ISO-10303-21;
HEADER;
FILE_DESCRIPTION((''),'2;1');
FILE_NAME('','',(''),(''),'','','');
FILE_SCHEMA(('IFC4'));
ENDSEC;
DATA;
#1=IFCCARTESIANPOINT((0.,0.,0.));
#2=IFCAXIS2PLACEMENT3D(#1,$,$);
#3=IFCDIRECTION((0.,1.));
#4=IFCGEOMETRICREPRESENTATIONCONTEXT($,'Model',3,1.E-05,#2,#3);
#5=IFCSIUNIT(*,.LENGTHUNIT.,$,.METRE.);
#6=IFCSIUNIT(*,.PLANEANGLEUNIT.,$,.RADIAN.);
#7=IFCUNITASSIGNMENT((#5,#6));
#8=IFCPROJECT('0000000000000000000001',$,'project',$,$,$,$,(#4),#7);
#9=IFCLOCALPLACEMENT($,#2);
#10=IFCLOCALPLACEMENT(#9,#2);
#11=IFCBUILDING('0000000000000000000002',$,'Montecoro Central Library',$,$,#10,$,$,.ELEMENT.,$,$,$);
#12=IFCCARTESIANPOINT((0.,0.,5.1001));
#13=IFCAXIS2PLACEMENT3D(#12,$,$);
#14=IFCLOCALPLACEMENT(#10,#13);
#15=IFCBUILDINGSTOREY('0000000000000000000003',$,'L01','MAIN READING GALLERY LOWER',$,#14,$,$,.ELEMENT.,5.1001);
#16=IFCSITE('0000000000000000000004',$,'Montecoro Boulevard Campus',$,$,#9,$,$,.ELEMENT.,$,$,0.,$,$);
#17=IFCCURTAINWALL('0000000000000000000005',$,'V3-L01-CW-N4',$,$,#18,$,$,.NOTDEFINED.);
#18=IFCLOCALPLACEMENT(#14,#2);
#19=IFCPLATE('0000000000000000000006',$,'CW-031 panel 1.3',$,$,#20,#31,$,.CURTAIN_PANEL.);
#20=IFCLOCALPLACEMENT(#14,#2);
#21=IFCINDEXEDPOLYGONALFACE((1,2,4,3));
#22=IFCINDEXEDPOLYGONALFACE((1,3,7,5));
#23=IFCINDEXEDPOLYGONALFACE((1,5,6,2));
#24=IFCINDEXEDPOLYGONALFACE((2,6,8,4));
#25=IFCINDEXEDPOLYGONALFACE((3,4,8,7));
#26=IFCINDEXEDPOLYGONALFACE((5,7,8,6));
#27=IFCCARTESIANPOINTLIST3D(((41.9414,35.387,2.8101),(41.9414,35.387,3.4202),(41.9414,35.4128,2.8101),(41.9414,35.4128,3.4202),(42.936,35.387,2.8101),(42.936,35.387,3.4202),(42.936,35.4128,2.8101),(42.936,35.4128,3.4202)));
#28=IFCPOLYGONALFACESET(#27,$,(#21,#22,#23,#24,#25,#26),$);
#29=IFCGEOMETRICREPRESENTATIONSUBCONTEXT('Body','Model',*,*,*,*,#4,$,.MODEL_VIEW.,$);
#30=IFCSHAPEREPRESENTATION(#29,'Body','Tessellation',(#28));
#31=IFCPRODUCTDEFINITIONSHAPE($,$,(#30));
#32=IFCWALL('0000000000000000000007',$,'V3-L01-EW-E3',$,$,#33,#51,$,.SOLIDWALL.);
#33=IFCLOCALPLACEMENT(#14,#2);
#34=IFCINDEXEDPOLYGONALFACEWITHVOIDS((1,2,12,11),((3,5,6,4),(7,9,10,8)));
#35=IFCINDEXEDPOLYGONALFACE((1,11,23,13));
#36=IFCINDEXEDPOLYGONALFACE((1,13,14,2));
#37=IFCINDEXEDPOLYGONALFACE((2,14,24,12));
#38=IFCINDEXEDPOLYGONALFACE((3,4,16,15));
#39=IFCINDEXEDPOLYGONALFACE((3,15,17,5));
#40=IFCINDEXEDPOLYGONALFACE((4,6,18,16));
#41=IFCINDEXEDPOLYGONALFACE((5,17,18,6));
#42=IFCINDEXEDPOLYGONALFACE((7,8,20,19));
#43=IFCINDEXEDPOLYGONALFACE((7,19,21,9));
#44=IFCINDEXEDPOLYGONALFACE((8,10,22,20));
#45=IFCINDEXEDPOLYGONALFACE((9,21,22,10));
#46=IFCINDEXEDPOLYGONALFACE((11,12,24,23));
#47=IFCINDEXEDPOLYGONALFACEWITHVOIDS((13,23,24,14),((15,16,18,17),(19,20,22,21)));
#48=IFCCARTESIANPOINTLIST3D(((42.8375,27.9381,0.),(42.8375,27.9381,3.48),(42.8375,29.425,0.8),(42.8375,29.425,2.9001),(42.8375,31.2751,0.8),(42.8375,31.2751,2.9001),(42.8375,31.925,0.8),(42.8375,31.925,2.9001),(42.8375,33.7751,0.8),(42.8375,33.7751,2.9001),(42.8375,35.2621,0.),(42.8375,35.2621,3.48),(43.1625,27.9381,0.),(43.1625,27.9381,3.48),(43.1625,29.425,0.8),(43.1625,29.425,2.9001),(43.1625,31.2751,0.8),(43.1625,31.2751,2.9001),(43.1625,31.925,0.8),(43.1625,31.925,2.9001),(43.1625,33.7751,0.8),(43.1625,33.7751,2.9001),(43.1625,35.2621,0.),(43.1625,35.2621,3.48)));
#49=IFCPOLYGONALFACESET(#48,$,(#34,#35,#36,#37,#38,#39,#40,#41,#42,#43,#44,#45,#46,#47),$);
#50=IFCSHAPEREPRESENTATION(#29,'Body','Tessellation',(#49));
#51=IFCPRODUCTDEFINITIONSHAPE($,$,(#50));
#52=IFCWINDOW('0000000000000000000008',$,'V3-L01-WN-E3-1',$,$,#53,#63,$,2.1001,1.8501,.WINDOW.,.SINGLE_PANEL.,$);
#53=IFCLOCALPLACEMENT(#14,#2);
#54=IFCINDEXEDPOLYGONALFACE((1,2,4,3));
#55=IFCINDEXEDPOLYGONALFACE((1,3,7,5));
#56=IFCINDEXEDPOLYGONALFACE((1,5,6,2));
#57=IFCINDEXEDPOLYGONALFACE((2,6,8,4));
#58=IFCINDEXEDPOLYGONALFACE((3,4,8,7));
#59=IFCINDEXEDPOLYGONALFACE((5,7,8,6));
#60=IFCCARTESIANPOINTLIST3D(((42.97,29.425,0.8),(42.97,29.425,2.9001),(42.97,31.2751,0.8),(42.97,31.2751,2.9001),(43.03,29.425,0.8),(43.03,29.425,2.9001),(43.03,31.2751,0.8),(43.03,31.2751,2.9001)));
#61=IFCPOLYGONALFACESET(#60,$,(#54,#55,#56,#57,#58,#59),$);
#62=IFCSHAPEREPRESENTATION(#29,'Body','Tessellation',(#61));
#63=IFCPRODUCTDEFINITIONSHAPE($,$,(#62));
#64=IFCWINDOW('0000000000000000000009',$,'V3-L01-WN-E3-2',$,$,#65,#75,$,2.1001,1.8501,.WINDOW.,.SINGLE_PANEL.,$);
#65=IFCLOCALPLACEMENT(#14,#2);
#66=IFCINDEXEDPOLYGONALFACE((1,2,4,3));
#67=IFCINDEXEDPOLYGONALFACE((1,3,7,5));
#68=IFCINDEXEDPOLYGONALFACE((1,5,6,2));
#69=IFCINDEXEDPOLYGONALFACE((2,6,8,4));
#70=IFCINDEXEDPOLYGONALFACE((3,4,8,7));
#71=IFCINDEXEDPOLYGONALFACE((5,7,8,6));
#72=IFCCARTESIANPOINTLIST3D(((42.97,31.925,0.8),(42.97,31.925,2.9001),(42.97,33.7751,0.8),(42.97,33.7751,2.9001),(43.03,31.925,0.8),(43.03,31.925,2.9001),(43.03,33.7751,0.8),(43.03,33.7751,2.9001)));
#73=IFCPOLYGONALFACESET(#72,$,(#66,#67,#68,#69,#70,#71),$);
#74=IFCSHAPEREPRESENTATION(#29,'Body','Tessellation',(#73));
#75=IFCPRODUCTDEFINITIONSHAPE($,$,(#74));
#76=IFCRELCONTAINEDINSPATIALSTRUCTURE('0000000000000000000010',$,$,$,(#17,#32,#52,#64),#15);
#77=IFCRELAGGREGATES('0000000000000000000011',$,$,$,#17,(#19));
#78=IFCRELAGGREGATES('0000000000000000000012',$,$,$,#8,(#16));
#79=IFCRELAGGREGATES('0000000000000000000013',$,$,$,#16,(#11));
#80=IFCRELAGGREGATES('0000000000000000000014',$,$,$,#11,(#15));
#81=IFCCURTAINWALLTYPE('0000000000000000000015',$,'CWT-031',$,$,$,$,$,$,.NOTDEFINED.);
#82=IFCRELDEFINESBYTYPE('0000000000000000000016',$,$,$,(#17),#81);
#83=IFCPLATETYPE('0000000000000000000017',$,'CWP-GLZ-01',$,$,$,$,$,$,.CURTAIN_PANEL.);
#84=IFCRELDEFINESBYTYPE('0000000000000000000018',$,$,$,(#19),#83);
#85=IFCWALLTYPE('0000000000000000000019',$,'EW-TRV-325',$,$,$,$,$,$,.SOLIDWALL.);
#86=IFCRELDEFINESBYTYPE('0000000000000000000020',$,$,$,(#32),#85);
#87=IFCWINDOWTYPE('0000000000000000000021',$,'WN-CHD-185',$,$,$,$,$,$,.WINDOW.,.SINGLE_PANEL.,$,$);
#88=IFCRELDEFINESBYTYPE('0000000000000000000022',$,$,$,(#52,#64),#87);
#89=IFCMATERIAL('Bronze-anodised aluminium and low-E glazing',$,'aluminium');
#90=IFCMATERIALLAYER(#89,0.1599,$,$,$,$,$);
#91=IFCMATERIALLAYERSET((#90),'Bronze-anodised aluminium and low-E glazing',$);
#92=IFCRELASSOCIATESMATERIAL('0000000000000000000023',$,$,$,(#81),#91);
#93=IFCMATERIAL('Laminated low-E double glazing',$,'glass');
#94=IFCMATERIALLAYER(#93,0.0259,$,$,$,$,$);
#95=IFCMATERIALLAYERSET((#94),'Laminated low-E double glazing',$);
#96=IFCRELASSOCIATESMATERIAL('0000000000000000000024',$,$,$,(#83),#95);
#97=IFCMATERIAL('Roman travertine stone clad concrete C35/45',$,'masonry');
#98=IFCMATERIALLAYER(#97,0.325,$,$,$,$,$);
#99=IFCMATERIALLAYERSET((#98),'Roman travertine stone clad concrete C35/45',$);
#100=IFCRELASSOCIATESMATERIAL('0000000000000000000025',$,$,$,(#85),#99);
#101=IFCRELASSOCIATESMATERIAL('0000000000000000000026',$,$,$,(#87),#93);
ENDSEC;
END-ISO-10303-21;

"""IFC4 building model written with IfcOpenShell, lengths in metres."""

from ifc_helpers import new_model, si_unit, direction, frame, frame_2d, origin, origin_2d, place, context, subcontext, project, spatial, rectangle, extrude, material, layer, layer_set, type_object, element, fill, aggregate, save


model = new_model("IFC4")

# Units and contexts
model_context = context("Model", 3, precision=1e-05, world=origin(), true_north=direction((0.0, 1.0)))
body_context = subcontext(model_context, "Body", "Model", "MODEL_VIEW")
ifc_project = project(units=[si_unit("LENGTHUNIT", "METRE"), si_unit("PLANEANGLEUNIT", "RADIAN")], contexts=[model_context])

# Site, building, storey
site_placement = place(None, origin())
site = spatial("IfcSite", under=ifc_project, at=site_placement, Name="Montecoro Boulevard Campus", CompositionType="ELEMENT", RefElevation=0.0)
building_placement = place(site_placement, origin())
building = spatial("IfcBuilding", under=site, at=building_placement, Name="Montecoro Central Library", CompositionType="ELEMENT")
storey_placement = place(building_placement, frame((0.0, 0.0, 5.1001)))
storey = spatial("IfcBuildingStorey", under=building, at=storey_placement, Name="L01", Description="MAIN READING GALLERY LOWER", CompositionType="ELEMENT", Elevation=5.1001)

# Curtain wall, plate
ifc_material_1 = material(Name="Bronze-anodised aluminium and low-E glazing", Category="aluminium")
ifc_layer_1 = layer(ifc_material_1, 0.1599)
ifc_layer_set_1 = layer_set([ifc_layer_1], Name="Bronze-anodised aluminium and low-E glazing")
curtain_wall_type = type_object("IfcCurtainWallType", Name="CWT-031", PredefinedType="NOTDEFINED", material=ifc_layer_set_1)
curtain_wall_placement = place(storey_placement, origin())
curtain_wall = element("IfcCurtainWall", 1, at=curtain_wall_placement, inside=storey, type_object=curtain_wall_type, Name="V3-L01-CW-N4", PredefinedType="NOTDEFINED")
ifc_material_2 = material(Name="Laminated low-E double glazing", Category="glass")
ifc_layer_2 = layer(ifc_material_2, 0.0259)
ifc_layer_set_2 = layer_set([ifc_layer_2], Name="Laminated low-E double glazing")
plate_type = type_object("IfcPlateType", Name="CWP-GLZ-01", PredefinedType="CURTAIN_PANEL", material=ifc_layer_set_2)
plate_1_placement = place(storey_placement, frame((42.4387, 35.3999, 2.8101), z_axis=(0.0, 0.0, 1.0), x_axis=(-1.0, 0.0, 0.0)))
plate_1 = element("IfcPlate", 2, at=plate_1_placement, type_object=plate_type, Name="CW-031 panel 1.3", PredefinedType="CURTAIN_PANEL", context=body_context, shape_type="SweptSolid", body=[
    extrude(rectangle(XDim=0.9946, YDim=0.0259, at=origin_2d()), origin(), (0.0, 0.0, 1.0), 0.6101),
])
aggregate(curtain_wall, [plate_1])

# Wall, openings, windows
ifc_material_3 = material(Name="Roman travertine stone clad concrete C35/45", Category="masonry")
ifc_layer_3 = layer(ifc_material_3, 0.325)
ifc_layer_set_3 = layer_set([ifc_layer_3], Name="Roman travertine stone clad concrete C35/45")
wall_type = type_object("IfcWallType", Name="EW-TRV-325", PredefinedType="SOLIDWALL", material=ifc_layer_set_3)
wall_placement = place(storey_placement, frame((43.0, 27.938, 0.0), z_axis=(0.0, 0.0, 1.0), x_axis=(0.0, 1.0, 0.0)))
wall = element("IfcWall", 3, at=wall_placement, inside=storey, type_object=wall_type, Name="V3-L01-EW-E3", PredefinedType="SOLIDWALL", context=body_context, shape_type="SweptSolid", body=[
    extrude(rectangle(XDim=7.324, YDim=0.325, at=frame_2d((3.6621, 0.0))), origin(), (0.0, 0.0, 1.0), 3.48),
])
opening_1_placement = place(wall_placement, frame((1.4871, 0.0, 0.8)))
opening_1 = element("IfcOpeningElement", 4, at=opening_1_placement, cuts=wall, PredefinedType="OPENING", context=body_context, shape_type="SweptSolid", body=[
    extrude(rectangle(XDim=1.8501, YDim=2.1001, at=frame_2d((0.925, 1.05))), frame((0.0, 0.1724, 0.0), z_axis=(0.0, -1.0, 0.0), x_axis=(1.0, 0.0, 0.0)), (0.0, 0.0, 1.0), 0.345),
])
opening_2_placement = place(wall_placement, frame((3.9871, 0.0, 0.8)))
opening_2 = element("IfcOpeningElement", 5, at=opening_2_placement, cuts=wall, PredefinedType="OPENING", context=body_context, shape_type="SweptSolid", body=[
    extrude(rectangle(XDim=1.8501, YDim=2.1001, at=frame_2d((0.925, 1.05))), frame((0.0, 0.1724, 0.0), z_axis=(0.0, -1.0, 0.0), x_axis=(1.0, 0.0, 0.0)), (0.0, 0.0, 1.0), 0.345),
])
window_type = type_object("IfcWindowType", Name="WN-CHD-185", PartitioningType="SINGLE_PANEL", PredefinedType="WINDOW", material=ifc_material_2)
window_1_placement = place(opening_1_placement, origin())
window_1 = element("IfcWindow", 6, at=window_1_placement, inside=storey, type_object=window_type, Name="V3-L01-WN-E3-1", OverallHeight=2.1001, OverallWidth=1.8501, PartitioningType="SINGLE_PANEL", PredefinedType="WINDOW", context=body_context, shape_type="SweptSolid", body=[
    extrude(rectangle(XDim=1.8501, YDim=2.1001, at=frame_2d((0.925, 1.05))), frame((0.0, 0.03, 0.0), z_axis=(0.0, -1.0, 0.0), x_axis=(1.0, 0.0, 0.0)), (0.0, 0.0, 1.0), 0.0601),
])
fill(opening_1, window_1)
window_2_placement = place(opening_2_placement, origin())
window_2 = element("IfcWindow", 7, at=window_2_placement, inside=storey, type_object=window_type, Name="V3-L01-WN-E3-2", OverallHeight=2.1001, OverallWidth=1.8501, PartitioningType="SINGLE_PANEL", PredefinedType="WINDOW", context=body_context, shape_type="SweptSolid", body=[
    extrude(rectangle(XDim=1.8501, YDim=2.1001, at=frame_2d((0.925, 1.05))), frame((0.0, 0.03, 0.0), z_axis=(0.0, -1.0, 0.0), x_axis=(1.0, 0.0, 0.0)), (0.0, 0.0, 1.0), 0.0601),
])
fill(opening_2, window_2)

save(model, "model.ifc")
